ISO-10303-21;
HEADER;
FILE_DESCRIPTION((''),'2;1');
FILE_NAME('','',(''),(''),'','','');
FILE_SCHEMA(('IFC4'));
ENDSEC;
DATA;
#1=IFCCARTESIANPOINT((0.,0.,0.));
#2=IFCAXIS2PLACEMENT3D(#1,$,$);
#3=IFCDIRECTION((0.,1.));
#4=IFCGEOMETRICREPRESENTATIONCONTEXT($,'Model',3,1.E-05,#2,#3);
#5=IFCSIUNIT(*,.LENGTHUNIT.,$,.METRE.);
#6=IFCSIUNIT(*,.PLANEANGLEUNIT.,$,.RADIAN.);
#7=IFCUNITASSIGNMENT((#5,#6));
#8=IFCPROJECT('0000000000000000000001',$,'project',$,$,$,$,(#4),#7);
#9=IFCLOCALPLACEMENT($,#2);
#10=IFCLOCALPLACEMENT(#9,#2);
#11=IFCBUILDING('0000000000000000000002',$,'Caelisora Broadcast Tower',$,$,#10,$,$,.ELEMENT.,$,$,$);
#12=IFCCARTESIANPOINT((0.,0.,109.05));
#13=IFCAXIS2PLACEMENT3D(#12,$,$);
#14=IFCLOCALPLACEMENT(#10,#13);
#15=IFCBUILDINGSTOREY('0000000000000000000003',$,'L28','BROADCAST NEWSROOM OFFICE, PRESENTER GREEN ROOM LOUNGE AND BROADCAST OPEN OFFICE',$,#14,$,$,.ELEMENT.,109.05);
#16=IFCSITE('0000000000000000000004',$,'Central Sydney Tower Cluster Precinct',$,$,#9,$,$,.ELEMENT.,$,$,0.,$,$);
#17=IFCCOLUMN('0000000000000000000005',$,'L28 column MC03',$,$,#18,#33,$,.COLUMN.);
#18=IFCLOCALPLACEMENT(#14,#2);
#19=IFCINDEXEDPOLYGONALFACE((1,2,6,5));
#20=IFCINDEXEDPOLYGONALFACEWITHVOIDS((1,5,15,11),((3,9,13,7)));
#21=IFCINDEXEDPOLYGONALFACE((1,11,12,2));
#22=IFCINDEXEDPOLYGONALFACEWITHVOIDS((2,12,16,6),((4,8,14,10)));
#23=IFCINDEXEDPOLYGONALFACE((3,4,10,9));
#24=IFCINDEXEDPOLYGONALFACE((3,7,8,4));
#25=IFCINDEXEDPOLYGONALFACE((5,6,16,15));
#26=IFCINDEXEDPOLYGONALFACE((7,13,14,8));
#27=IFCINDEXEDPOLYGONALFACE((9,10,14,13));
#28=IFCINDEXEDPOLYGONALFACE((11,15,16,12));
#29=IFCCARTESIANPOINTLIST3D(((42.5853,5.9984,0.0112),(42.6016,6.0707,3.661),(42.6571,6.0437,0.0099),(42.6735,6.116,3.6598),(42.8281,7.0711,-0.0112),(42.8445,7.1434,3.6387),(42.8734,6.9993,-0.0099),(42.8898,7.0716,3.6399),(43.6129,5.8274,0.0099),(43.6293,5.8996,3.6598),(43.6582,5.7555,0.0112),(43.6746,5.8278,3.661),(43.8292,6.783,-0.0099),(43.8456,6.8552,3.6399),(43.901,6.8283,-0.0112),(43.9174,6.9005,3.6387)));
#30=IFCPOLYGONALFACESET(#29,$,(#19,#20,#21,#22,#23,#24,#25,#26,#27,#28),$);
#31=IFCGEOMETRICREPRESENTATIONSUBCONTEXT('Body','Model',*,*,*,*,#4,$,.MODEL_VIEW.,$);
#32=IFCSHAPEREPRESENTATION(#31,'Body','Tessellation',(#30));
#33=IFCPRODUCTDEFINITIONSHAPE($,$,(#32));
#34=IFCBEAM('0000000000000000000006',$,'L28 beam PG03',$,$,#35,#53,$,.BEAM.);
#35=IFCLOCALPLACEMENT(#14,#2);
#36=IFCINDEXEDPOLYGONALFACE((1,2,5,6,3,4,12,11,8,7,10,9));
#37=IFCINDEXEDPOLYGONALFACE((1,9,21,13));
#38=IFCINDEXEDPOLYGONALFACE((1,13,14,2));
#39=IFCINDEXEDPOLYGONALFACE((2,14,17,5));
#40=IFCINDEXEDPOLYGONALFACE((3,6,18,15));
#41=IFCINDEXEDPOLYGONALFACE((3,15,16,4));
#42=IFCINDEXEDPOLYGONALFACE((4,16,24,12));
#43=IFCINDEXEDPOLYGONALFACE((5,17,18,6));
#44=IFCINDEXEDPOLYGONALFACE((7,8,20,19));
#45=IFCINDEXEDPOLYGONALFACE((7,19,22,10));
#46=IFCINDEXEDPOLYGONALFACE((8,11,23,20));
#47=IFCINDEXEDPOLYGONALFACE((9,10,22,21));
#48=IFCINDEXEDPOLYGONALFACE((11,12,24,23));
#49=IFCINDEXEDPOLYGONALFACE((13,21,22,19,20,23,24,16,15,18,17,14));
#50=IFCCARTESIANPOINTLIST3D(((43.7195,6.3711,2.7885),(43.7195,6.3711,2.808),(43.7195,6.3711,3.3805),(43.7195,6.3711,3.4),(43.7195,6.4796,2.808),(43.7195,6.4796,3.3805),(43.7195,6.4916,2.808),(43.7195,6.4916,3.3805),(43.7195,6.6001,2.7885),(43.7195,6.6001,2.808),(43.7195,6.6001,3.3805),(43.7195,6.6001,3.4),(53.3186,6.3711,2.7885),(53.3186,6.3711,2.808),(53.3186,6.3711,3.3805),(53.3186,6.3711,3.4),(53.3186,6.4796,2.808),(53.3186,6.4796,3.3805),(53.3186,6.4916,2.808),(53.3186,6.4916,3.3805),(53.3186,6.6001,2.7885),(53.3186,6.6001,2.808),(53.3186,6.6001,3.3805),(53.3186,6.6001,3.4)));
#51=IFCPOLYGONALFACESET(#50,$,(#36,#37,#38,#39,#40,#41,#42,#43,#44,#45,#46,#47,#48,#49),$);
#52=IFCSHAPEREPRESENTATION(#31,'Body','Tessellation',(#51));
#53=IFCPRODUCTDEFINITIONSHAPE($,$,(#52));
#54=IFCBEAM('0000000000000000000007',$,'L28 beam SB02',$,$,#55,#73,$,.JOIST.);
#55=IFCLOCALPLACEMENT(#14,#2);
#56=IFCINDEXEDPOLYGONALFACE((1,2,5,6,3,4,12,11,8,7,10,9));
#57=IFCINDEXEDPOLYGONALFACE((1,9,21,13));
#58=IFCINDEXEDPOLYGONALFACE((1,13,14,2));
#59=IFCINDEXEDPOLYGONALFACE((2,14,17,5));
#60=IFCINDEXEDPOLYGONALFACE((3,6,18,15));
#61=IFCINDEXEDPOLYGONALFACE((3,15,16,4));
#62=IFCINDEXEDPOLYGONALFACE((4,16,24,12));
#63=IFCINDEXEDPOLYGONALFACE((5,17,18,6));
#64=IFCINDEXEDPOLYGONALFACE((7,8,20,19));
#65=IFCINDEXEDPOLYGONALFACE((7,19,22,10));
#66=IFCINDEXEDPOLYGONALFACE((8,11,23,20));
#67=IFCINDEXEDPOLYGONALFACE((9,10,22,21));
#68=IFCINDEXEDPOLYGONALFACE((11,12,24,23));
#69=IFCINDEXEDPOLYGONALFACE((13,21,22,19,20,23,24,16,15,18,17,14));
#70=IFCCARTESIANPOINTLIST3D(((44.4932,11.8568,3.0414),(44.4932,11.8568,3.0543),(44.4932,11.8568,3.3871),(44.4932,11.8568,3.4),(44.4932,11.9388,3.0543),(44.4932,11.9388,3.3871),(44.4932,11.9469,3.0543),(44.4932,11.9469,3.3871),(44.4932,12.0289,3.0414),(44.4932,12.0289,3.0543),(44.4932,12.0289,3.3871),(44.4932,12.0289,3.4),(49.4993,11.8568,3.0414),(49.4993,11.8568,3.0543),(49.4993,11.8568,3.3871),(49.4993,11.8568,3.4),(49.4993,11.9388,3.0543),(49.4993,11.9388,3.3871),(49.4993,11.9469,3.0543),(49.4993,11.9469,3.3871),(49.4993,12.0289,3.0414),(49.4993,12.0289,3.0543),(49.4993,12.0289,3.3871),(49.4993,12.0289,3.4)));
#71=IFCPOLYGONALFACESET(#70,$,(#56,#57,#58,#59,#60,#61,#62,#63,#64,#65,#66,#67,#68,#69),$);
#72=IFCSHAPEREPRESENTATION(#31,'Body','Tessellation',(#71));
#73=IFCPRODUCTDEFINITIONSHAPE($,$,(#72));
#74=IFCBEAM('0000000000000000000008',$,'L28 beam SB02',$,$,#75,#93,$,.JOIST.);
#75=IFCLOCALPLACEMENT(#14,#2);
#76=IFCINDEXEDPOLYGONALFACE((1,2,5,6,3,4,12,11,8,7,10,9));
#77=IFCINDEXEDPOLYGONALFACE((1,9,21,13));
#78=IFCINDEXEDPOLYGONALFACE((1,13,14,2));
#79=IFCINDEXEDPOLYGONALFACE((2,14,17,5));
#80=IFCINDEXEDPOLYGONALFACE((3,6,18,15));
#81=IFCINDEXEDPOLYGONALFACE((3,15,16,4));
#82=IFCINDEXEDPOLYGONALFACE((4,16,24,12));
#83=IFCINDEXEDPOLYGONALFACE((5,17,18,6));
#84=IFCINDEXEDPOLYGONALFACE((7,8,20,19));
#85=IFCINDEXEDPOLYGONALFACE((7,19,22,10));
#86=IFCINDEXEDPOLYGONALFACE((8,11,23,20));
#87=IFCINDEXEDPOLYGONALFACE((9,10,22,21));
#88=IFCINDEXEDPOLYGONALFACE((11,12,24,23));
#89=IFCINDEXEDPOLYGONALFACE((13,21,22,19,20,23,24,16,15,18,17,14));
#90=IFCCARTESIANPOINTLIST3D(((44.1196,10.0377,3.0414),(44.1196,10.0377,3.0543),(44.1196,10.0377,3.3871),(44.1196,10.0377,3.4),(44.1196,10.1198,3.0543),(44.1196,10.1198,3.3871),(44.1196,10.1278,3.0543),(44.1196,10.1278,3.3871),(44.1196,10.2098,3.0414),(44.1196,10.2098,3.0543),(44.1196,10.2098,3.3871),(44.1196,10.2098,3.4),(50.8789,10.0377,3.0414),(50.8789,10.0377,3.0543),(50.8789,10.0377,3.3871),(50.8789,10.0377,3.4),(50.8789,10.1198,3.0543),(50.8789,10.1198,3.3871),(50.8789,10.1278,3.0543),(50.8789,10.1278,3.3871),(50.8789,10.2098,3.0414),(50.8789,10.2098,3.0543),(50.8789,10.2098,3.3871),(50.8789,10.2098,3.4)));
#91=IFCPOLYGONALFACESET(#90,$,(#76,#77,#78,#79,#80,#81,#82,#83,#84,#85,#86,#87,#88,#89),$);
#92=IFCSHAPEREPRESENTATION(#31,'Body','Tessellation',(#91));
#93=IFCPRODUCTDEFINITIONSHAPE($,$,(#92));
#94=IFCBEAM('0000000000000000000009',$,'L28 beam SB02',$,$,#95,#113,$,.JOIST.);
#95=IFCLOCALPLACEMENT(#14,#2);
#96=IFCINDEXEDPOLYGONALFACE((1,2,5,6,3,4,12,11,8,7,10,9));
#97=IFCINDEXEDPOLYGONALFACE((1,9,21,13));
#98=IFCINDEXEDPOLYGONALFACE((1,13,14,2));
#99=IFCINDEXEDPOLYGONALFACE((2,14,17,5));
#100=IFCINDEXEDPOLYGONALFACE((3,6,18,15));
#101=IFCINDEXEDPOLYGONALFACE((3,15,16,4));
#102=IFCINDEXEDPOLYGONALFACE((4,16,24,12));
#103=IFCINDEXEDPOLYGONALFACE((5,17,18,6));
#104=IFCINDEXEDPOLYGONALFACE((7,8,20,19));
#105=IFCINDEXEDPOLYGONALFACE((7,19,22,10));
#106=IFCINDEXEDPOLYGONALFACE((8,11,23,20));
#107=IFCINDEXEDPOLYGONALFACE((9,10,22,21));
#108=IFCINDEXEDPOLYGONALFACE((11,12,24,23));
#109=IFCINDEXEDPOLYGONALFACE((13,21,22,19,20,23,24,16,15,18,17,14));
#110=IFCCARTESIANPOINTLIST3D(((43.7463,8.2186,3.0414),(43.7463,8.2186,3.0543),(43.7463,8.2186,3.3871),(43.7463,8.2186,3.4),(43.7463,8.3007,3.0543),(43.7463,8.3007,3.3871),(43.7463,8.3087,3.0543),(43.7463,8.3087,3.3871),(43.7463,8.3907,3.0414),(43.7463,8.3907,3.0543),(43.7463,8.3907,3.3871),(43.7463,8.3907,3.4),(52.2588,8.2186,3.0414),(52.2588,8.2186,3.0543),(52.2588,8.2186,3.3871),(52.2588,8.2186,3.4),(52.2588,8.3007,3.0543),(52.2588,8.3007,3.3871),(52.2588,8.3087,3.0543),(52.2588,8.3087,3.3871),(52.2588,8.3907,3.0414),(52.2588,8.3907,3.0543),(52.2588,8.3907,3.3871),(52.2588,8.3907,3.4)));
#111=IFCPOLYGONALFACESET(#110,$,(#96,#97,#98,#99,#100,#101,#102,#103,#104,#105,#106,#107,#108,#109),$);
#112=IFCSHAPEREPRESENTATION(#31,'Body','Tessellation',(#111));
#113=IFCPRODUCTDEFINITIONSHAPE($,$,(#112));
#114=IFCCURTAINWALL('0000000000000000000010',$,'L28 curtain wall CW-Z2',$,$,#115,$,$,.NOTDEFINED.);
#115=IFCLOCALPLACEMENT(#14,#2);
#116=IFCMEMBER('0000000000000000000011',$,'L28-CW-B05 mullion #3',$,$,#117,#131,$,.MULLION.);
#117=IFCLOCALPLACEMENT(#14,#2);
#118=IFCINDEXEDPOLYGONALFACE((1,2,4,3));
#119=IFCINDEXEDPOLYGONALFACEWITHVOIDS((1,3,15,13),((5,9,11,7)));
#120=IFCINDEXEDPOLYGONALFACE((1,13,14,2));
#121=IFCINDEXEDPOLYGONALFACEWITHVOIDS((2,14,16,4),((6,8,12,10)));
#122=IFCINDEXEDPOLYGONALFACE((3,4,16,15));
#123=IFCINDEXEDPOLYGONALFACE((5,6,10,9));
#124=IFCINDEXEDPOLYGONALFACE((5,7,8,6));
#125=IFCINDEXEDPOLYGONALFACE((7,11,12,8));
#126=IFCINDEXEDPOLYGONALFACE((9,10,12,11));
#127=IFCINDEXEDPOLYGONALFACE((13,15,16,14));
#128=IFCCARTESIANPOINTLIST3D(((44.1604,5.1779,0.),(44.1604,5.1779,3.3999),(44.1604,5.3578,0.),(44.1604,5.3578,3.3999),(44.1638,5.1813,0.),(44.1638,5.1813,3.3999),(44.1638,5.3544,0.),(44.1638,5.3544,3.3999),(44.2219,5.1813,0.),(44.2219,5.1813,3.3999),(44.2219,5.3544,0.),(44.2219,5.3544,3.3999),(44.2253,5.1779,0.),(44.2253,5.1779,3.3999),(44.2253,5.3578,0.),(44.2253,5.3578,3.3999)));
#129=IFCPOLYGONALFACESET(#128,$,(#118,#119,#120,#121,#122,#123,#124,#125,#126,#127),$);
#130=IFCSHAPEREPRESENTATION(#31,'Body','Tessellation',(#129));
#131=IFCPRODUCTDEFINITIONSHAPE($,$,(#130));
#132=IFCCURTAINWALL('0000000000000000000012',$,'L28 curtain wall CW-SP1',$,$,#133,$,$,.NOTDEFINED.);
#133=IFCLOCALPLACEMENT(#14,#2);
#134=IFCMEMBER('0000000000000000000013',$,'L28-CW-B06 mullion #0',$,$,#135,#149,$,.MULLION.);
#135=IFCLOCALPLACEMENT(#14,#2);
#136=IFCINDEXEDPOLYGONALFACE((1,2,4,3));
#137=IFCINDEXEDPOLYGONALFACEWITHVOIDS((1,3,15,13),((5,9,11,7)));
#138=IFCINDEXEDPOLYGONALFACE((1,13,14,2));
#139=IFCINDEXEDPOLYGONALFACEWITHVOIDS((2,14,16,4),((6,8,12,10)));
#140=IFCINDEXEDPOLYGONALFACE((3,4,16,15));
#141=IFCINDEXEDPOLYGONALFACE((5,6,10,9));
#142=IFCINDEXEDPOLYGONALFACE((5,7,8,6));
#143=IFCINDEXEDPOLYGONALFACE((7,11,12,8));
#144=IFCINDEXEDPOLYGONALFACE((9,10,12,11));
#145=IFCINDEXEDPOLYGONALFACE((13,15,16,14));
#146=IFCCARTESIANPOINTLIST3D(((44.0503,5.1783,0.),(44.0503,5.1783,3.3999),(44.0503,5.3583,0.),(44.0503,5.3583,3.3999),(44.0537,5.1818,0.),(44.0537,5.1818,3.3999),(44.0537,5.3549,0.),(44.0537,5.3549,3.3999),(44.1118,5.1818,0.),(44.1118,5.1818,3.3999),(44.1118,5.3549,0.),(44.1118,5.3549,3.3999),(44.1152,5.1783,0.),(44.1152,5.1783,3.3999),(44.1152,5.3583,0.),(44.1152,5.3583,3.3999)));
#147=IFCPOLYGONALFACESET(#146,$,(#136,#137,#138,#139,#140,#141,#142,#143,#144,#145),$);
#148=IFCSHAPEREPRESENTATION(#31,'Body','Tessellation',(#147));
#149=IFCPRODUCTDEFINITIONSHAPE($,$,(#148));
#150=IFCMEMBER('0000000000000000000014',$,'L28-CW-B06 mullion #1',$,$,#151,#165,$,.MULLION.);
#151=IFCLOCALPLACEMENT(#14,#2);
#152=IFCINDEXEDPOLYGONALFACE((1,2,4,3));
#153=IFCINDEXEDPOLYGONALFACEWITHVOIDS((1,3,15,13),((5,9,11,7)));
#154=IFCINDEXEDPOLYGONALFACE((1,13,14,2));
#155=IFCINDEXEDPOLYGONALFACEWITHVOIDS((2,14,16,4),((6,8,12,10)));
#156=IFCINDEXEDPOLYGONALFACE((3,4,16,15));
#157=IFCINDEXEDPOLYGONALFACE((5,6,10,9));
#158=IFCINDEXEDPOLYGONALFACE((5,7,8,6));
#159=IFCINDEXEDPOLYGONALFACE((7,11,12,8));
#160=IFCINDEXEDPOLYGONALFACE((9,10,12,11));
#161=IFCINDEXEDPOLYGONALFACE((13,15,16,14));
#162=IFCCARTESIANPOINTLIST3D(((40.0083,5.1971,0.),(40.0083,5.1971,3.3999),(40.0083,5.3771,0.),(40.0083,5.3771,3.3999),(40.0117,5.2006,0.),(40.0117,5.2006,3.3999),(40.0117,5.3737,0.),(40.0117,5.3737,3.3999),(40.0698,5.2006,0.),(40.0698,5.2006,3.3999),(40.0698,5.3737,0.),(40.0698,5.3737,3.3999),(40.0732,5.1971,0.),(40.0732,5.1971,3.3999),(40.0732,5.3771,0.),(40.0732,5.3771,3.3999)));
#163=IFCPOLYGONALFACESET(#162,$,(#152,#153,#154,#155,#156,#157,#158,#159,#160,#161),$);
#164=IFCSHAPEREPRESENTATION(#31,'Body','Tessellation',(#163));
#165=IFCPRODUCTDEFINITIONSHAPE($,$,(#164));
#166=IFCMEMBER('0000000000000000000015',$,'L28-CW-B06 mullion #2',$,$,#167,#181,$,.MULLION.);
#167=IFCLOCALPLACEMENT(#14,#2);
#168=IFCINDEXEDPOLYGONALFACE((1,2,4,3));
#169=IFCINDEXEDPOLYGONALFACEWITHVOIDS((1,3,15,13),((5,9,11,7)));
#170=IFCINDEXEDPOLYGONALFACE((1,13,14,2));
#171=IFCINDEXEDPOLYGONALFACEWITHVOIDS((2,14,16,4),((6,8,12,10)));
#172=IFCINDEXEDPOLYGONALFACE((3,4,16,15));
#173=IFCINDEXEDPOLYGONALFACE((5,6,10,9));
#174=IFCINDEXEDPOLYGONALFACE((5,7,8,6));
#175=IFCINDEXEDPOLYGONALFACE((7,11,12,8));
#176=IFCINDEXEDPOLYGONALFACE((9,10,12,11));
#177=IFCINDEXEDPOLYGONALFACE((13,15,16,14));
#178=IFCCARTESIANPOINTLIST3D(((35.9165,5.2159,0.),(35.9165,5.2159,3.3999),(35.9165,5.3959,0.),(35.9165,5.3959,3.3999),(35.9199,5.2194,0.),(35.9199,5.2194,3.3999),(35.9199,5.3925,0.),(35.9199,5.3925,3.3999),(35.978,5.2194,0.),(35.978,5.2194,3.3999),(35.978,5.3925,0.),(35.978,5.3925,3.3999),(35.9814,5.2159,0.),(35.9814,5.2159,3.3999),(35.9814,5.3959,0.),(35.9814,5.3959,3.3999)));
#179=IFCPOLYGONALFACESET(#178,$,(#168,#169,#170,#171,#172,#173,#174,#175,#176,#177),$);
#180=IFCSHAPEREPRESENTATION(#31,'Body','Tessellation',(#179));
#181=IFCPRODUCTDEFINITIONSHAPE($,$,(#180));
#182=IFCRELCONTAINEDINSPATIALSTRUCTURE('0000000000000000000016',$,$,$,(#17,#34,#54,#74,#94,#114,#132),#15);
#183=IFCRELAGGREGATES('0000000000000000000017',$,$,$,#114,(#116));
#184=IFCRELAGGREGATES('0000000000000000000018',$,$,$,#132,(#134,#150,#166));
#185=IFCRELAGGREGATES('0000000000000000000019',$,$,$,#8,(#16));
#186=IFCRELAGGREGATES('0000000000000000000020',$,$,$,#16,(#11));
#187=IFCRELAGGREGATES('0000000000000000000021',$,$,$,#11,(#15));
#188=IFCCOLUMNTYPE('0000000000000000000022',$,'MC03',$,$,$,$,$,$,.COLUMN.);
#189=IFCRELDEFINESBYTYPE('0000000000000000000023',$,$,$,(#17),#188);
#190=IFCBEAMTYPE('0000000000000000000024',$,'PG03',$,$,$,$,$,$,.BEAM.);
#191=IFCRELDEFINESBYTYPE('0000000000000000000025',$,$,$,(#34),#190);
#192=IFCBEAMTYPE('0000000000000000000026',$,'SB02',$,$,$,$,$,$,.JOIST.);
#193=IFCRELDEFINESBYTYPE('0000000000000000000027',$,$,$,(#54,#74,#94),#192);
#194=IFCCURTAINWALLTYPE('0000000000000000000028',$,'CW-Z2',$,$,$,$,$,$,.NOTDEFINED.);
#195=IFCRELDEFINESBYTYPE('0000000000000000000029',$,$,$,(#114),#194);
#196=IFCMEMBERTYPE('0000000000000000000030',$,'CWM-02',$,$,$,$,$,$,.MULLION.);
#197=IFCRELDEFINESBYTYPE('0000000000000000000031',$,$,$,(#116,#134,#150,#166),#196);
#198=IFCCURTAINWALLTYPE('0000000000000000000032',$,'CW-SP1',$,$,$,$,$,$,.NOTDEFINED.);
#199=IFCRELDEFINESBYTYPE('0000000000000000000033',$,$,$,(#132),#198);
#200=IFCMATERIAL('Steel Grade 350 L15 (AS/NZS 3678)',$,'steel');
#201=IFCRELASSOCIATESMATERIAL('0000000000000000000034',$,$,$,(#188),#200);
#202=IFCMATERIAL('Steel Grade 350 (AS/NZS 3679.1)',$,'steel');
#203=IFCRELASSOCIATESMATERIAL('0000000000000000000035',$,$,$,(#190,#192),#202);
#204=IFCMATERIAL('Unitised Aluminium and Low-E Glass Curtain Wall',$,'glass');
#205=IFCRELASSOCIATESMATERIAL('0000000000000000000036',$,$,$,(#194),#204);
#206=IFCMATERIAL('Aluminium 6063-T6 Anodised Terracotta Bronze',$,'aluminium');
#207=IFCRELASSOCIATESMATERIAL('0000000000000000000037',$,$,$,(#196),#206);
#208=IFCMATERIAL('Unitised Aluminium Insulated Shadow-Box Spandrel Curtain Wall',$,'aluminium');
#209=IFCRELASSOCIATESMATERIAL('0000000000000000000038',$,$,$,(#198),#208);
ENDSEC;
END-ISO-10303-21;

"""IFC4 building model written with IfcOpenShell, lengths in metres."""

from ifc_helpers import new_model, si_unit, direction, frame, origin, origin_2d, place, context, subcontext, project, spatial, hollow_rectangle, i_section, extrude, source, transform, mapped, material, material_profile, profile_set, type_object, type_shapes, element, aggregate, save


model = new_model("IFC4")

# Units and contexts
model_context = context("Model", 3, precision=1e-05, world=origin(), true_north=direction((0.0, 1.0)))
body_context = subcontext(model_context, "Body", "Model", "MODEL_VIEW")
ifc_project = project(units=[si_unit("LENGTHUNIT", "METRE"), si_unit("PLANEANGLEUNIT", "RADIAN")], contexts=[model_context])

# Site, building, storey
site_placement = place(None, origin())
site = spatial("IfcSite", under=ifc_project, at=site_placement, Name="Central Sydney Tower Cluster Precinct", CompositionType="ELEMENT", RefElevation=0.0)
building_placement = place(site_placement, origin())
building = spatial("IfcBuilding", under=site, at=building_placement, Name="Caelisora Broadcast Tower", CompositionType="ELEMENT")
storey_placement = place(building_placement, frame((0.0, 0.0, 109.05)))
storey = spatial("IfcBuildingStorey", under=building, at=storey_placement, Name="L28", Description="BROADCAST NEWSROOM OFFICE, PRESENTER GREEN ROOM LOUNGE AND BROADCAST OPEN OFFICE", CompositionType="ELEMENT", Elevation=109.05)

# Column
ifc_material_1 = material(Name="Steel Grade 350 L15 (AS/NZS 3678)", Category="steel")
ifc_material_profile_1 = material_profile(ifc_material_1, hollow_rectangle(XDim=1.1001, YDim=1.1001, WallThickness=0.0601, at=origin_2d()), Name="Steel Grade 350 L15 (AS/NZS 3678)")
ifc_profile_set_1 = profile_set([ifc_material_profile_1], Name="Steel Grade 350 L15 (AS/NZS 3678)")
column_type = type_object("IfcColumnType", Name="MC03", PredefinedType="COLUMN", material=ifc_profile_set_1)
shared_shape_1 = source(origin(), body_context, "Body", "SweptSolid", [
    extrude(hollow_rectangle(XDim=1.1001, YDim=1.1001, WallThickness=0.0601, at=origin_2d()), origin(), (0.0, 0.0, 1.0), 3.6506),
])
type_shapes(column_type, [shared_shape_1])
column_placement = place(storey_placement, frame((43.2432, 6.4133, 0.0), z_axis=(0.004481, 0.019795, 0.999794), x_axis=(-0.975327, 0.220767, 0.0)))
element("IfcColumn", 1, at=column_placement, inside=storey, type_object=column_type, Name="L28 column MC03", PredefinedType="COLUMN", context=body_context, shape_type="MappedRepresentation", body=[
    mapped(shared_shape_1, transform((0.0, 0.0, 0.0), scale=1.0)),
])

# Beams
ifc_material_2 = material(Name="Steel Grade 350 (AS/NZS 3679.1)", Category="steel")
ifc_material_profile_2 = material_profile(ifc_material_2, i_section(OverallWidth=0.229, OverallDepth=0.6116, WebThickness=0.012, FlangeThickness=0.0195, at=origin_2d()), Name="Steel Grade 350 (AS/NZS 3679.1)")
ifc_profile_set_2 = profile_set([ifc_material_profile_2], Name="Steel Grade 350 (AS/NZS 3679.1)")
beam_type_1 = type_object("IfcBeamType", Name="PG03", PredefinedType="BEAM", material=ifc_profile_set_2)
shared_shape_2 = source(origin(), body_context, "Body", "SweptSolid", [
    extrude(i_section(OverallWidth=0.229, OverallDepth=0.6116, WebThickness=0.012, FlangeThickness=0.0195, at=origin_2d()), origin(), (0.0, 0.0, 1.0), 9.5991),
])
type_shapes(beam_type_1, [shared_shape_2])
beam_1_placement = place(storey_placement, frame((43.7195, 6.4856, 3.0942), z_axis=(1.0, 0.0, 0.0), x_axis=(0.0, 1.0, 0.0)))
element("IfcBeam", 2, at=beam_1_placement, inside=storey, type_object=beam_type_1, Name="L28 beam PG03", PredefinedType="BEAM", context=body_context, shape_type="MappedRepresentation", body=[
    mapped(shared_shape_2, transform((0.0, 0.0, 0.0), scale=1.0)),
])
ifc_material_profile_3 = material_profile(ifc_material_2, i_section(OverallWidth=0.1721, OverallDepth=0.3586, WebThickness=0.0081, FlangeThickness=0.0129, at=origin_2d()), Name="Steel Grade 350 (AS/NZS 3679.1)")
ifc_profile_set_3 = profile_set([ifc_material_profile_3], Name="Steel Grade 350 (AS/NZS 3679.1)")
beam_type_2 = type_object("IfcBeamType", Name="SB02", PredefinedType="JOIST", material=ifc_profile_set_3)
shared_shape_3 = source(origin(), body_context, "Body", "SweptSolid", [
    extrude(i_section(OverallWidth=0.1721, OverallDepth=0.3586, WebThickness=0.0081, FlangeThickness=0.0129, at=origin_2d()), origin(), (0.0, 0.0, 1.0), 5.0061),
])
beam_2_placement = place(storey_placement, frame((44.4932, 11.9429, 3.2207), z_axis=(1.0, 0.0, 0.0), x_axis=(0.0, 1.0, 0.0)))
element("IfcBeam", 3, at=beam_2_placement, inside=storey, type_object=beam_type_2, Name="L28 beam SB02", PredefinedType="JOIST", context=body_context, shape_type="MappedRepresentation", body=[
    mapped(shared_shape_3, transform((0.0, 0.0, 0.0), scale=1.0)),
])
shared_shape_4 = source(origin(), body_context, "Body", "SweptSolid", [
    extrude(i_section(OverallWidth=0.1721, OverallDepth=0.3586, WebThickness=0.0081, FlangeThickness=0.0129, at=origin_2d()), origin(), (0.0, 0.0, 1.0), 6.7593),
])
beam_3_placement = place(storey_placement, frame((44.1196, 10.1238, 3.2207), z_axis=(1.0, 0.0, 0.0), x_axis=(0.0, 1.0, 0.0)))
element("IfcBeam", 4, at=beam_3_placement, inside=storey, type_object=beam_type_2, Name="L28 beam SB02", PredefinedType="JOIST", context=body_context, shape_type="MappedRepresentation", body=[
    mapped(shared_shape_4, transform((0.0, 0.0, 0.0), scale=1.0)),
])
shared_shape_5 = source(origin(), body_context, "Body", "SweptSolid", [
    extrude(i_section(OverallWidth=0.1721, OverallDepth=0.3586, WebThickness=0.0081, FlangeThickness=0.0129, at=origin_2d()), origin(), (0.0, 0.0, 1.0), 8.5125),
])
type_shapes(beam_type_2, [shared_shape_3, shared_shape_4, shared_shape_5])
beam_4_placement = place(storey_placement, frame((43.7463, 8.3047, 3.2207), z_axis=(1.0, 0.0, 0.0), x_axis=(0.0, 1.0, 0.0)))
element("IfcBeam", 5, at=beam_4_placement, inside=storey, type_object=beam_type_2, Name="L28 beam SB02", PredefinedType="JOIST", context=body_context, shape_type="MappedRepresentation", body=[
    mapped(shared_shape_5, transform((0.0, 0.0, 0.0), scale=1.0)),
])

# Curtain wall, member
ifc_material_3 = material(Name="Unitised Aluminium and Low-E Glass Curtain Wall", Category="glass")
curtain_wall_type_1 = type_object("IfcCurtainWallType", Name="CW-Z2", PredefinedType="NOTDEFINED", material=ifc_material_3)
curtain_wall_1_placement = place(storey_placement, origin())
curtain_wall_1 = element("IfcCurtainWall", 6, at=curtain_wall_1_placement, inside=storey, type_object=curtain_wall_type_1, Name="L28 curtain wall CW-Z2", PredefinedType="NOTDEFINED")
ifc_material_4 = material(Name="Aluminium 6063-T6 Anodised Terracotta Bronze", Category="aluminium")
ifc_material_profile_4 = material_profile(ifc_material_4, hollow_rectangle(XDim=0.0649, YDim=0.1799, WallThickness=0.0034, at=origin_2d()), Name="Aluminium 6063-T6 Anodised Terracotta Bronze")
ifc_profile_set_4 = profile_set([ifc_material_profile_4], Name="Aluminium 6063-T6 Anodised Terracotta Bronze")
member_type_1 = type_object("IfcMemberType", Name="CWM-02", PredefinedType="MULLION", material=ifc_profile_set_4)
shared_shape_6 = source(origin(), body_context, "Body", "SweptSolid", [
    extrude(hollow_rectangle(XDim=0.0649, YDim=0.1799, WallThickness=0.0034, at=origin_2d()), origin(), (0.0, 0.0, 1.0), 3.3999),
])
type_shapes(member_type_1, [shared_shape_6])
member_1_placement = place(storey_placement, frame((44.1929, 5.2678, 0.0), z_axis=(0.0, 0.0, 1.0), x_axis=(1.0, 0.0, 0.0)))
member_1 = element("IfcMember", 7, at=member_1_placement, type_object=member_type_1, Name="L28-CW-B05 mullion #3", PredefinedType="MULLION", context=body_context, shape_type="MappedRepresentation", body=[
    mapped(shared_shape_6, transform((0.0, 0.0, 0.0), scale=1.0)),
])
aggregate(curtain_wall_1, [member_1])

# Curtain wall, members
ifc_material_5 = material(Name="Unitised Aluminium Insulated Shadow-Box Spandrel Curtain Wall", Category="aluminium")
curtain_wall_type_2 = type_object("IfcCurtainWallType", Name="CW-SP1", PredefinedType="NOTDEFINED", material=ifc_material_5)
curtain_wall_2_placement = place(storey_placement, origin())
curtain_wall_2 = element("IfcCurtainWall", 8, at=curtain_wall_2_placement, inside=storey, type_object=curtain_wall_type_2, Name="L28 curtain wall CW-SP1", PredefinedType="NOTDEFINED")
member_2_placement = place(storey_placement, frame((44.0828, 5.2683, 0.0), z_axis=(0.0, 0.0, 1.0), x_axis=(1.0, 0.0, 0.0)))
member_2 = element("IfcMember", 9, at=member_2_placement, type_object=member_type_1, Name="L28-CW-B06 mullion #0", PredefinedType="MULLION", context=body_context, shape_type="MappedRepresentation", body=[
    mapped(shared_shape_6, transform((0.0, 0.0, 0.0), scale=1.0)),
])
member_3_placement = place(storey_placement, frame((40.0408, 5.2871, 0.0), z_axis=(0.0, 0.0, 1.0), x_axis=(1.0, 0.0, 0.0)))
member_3 = element("IfcMember", 10, at=member_3_placement, type_object=member_type_1, Name="L28-CW-B06 mullion #1", PredefinedType="MULLION", context=body_context, shape_type="MappedRepresentation", body=[
    mapped(shared_shape_6, transform((0.0, 0.0, 0.0), scale=1.0)),
])
member_4_placement = place(storey_placement, frame((35.949, 5.3059, 0.0), z_axis=(0.0, 0.0, 1.0), x_axis=(1.0, 0.0, 0.0)))
member_4 = element("IfcMember", 11, at=member_4_placement, type_object=member_type_1, Name="L28-CW-B06 mullion #2", PredefinedType="MULLION", context=body_context, shape_type="MappedRepresentation", body=[
    mapped(shared_shape_6, transform((0.0, 0.0, 0.0), scale=1.0)),
])

aggregate(curtain_wall_2, [member_2, member_3, member_4])

save(model, "model.ifc")
